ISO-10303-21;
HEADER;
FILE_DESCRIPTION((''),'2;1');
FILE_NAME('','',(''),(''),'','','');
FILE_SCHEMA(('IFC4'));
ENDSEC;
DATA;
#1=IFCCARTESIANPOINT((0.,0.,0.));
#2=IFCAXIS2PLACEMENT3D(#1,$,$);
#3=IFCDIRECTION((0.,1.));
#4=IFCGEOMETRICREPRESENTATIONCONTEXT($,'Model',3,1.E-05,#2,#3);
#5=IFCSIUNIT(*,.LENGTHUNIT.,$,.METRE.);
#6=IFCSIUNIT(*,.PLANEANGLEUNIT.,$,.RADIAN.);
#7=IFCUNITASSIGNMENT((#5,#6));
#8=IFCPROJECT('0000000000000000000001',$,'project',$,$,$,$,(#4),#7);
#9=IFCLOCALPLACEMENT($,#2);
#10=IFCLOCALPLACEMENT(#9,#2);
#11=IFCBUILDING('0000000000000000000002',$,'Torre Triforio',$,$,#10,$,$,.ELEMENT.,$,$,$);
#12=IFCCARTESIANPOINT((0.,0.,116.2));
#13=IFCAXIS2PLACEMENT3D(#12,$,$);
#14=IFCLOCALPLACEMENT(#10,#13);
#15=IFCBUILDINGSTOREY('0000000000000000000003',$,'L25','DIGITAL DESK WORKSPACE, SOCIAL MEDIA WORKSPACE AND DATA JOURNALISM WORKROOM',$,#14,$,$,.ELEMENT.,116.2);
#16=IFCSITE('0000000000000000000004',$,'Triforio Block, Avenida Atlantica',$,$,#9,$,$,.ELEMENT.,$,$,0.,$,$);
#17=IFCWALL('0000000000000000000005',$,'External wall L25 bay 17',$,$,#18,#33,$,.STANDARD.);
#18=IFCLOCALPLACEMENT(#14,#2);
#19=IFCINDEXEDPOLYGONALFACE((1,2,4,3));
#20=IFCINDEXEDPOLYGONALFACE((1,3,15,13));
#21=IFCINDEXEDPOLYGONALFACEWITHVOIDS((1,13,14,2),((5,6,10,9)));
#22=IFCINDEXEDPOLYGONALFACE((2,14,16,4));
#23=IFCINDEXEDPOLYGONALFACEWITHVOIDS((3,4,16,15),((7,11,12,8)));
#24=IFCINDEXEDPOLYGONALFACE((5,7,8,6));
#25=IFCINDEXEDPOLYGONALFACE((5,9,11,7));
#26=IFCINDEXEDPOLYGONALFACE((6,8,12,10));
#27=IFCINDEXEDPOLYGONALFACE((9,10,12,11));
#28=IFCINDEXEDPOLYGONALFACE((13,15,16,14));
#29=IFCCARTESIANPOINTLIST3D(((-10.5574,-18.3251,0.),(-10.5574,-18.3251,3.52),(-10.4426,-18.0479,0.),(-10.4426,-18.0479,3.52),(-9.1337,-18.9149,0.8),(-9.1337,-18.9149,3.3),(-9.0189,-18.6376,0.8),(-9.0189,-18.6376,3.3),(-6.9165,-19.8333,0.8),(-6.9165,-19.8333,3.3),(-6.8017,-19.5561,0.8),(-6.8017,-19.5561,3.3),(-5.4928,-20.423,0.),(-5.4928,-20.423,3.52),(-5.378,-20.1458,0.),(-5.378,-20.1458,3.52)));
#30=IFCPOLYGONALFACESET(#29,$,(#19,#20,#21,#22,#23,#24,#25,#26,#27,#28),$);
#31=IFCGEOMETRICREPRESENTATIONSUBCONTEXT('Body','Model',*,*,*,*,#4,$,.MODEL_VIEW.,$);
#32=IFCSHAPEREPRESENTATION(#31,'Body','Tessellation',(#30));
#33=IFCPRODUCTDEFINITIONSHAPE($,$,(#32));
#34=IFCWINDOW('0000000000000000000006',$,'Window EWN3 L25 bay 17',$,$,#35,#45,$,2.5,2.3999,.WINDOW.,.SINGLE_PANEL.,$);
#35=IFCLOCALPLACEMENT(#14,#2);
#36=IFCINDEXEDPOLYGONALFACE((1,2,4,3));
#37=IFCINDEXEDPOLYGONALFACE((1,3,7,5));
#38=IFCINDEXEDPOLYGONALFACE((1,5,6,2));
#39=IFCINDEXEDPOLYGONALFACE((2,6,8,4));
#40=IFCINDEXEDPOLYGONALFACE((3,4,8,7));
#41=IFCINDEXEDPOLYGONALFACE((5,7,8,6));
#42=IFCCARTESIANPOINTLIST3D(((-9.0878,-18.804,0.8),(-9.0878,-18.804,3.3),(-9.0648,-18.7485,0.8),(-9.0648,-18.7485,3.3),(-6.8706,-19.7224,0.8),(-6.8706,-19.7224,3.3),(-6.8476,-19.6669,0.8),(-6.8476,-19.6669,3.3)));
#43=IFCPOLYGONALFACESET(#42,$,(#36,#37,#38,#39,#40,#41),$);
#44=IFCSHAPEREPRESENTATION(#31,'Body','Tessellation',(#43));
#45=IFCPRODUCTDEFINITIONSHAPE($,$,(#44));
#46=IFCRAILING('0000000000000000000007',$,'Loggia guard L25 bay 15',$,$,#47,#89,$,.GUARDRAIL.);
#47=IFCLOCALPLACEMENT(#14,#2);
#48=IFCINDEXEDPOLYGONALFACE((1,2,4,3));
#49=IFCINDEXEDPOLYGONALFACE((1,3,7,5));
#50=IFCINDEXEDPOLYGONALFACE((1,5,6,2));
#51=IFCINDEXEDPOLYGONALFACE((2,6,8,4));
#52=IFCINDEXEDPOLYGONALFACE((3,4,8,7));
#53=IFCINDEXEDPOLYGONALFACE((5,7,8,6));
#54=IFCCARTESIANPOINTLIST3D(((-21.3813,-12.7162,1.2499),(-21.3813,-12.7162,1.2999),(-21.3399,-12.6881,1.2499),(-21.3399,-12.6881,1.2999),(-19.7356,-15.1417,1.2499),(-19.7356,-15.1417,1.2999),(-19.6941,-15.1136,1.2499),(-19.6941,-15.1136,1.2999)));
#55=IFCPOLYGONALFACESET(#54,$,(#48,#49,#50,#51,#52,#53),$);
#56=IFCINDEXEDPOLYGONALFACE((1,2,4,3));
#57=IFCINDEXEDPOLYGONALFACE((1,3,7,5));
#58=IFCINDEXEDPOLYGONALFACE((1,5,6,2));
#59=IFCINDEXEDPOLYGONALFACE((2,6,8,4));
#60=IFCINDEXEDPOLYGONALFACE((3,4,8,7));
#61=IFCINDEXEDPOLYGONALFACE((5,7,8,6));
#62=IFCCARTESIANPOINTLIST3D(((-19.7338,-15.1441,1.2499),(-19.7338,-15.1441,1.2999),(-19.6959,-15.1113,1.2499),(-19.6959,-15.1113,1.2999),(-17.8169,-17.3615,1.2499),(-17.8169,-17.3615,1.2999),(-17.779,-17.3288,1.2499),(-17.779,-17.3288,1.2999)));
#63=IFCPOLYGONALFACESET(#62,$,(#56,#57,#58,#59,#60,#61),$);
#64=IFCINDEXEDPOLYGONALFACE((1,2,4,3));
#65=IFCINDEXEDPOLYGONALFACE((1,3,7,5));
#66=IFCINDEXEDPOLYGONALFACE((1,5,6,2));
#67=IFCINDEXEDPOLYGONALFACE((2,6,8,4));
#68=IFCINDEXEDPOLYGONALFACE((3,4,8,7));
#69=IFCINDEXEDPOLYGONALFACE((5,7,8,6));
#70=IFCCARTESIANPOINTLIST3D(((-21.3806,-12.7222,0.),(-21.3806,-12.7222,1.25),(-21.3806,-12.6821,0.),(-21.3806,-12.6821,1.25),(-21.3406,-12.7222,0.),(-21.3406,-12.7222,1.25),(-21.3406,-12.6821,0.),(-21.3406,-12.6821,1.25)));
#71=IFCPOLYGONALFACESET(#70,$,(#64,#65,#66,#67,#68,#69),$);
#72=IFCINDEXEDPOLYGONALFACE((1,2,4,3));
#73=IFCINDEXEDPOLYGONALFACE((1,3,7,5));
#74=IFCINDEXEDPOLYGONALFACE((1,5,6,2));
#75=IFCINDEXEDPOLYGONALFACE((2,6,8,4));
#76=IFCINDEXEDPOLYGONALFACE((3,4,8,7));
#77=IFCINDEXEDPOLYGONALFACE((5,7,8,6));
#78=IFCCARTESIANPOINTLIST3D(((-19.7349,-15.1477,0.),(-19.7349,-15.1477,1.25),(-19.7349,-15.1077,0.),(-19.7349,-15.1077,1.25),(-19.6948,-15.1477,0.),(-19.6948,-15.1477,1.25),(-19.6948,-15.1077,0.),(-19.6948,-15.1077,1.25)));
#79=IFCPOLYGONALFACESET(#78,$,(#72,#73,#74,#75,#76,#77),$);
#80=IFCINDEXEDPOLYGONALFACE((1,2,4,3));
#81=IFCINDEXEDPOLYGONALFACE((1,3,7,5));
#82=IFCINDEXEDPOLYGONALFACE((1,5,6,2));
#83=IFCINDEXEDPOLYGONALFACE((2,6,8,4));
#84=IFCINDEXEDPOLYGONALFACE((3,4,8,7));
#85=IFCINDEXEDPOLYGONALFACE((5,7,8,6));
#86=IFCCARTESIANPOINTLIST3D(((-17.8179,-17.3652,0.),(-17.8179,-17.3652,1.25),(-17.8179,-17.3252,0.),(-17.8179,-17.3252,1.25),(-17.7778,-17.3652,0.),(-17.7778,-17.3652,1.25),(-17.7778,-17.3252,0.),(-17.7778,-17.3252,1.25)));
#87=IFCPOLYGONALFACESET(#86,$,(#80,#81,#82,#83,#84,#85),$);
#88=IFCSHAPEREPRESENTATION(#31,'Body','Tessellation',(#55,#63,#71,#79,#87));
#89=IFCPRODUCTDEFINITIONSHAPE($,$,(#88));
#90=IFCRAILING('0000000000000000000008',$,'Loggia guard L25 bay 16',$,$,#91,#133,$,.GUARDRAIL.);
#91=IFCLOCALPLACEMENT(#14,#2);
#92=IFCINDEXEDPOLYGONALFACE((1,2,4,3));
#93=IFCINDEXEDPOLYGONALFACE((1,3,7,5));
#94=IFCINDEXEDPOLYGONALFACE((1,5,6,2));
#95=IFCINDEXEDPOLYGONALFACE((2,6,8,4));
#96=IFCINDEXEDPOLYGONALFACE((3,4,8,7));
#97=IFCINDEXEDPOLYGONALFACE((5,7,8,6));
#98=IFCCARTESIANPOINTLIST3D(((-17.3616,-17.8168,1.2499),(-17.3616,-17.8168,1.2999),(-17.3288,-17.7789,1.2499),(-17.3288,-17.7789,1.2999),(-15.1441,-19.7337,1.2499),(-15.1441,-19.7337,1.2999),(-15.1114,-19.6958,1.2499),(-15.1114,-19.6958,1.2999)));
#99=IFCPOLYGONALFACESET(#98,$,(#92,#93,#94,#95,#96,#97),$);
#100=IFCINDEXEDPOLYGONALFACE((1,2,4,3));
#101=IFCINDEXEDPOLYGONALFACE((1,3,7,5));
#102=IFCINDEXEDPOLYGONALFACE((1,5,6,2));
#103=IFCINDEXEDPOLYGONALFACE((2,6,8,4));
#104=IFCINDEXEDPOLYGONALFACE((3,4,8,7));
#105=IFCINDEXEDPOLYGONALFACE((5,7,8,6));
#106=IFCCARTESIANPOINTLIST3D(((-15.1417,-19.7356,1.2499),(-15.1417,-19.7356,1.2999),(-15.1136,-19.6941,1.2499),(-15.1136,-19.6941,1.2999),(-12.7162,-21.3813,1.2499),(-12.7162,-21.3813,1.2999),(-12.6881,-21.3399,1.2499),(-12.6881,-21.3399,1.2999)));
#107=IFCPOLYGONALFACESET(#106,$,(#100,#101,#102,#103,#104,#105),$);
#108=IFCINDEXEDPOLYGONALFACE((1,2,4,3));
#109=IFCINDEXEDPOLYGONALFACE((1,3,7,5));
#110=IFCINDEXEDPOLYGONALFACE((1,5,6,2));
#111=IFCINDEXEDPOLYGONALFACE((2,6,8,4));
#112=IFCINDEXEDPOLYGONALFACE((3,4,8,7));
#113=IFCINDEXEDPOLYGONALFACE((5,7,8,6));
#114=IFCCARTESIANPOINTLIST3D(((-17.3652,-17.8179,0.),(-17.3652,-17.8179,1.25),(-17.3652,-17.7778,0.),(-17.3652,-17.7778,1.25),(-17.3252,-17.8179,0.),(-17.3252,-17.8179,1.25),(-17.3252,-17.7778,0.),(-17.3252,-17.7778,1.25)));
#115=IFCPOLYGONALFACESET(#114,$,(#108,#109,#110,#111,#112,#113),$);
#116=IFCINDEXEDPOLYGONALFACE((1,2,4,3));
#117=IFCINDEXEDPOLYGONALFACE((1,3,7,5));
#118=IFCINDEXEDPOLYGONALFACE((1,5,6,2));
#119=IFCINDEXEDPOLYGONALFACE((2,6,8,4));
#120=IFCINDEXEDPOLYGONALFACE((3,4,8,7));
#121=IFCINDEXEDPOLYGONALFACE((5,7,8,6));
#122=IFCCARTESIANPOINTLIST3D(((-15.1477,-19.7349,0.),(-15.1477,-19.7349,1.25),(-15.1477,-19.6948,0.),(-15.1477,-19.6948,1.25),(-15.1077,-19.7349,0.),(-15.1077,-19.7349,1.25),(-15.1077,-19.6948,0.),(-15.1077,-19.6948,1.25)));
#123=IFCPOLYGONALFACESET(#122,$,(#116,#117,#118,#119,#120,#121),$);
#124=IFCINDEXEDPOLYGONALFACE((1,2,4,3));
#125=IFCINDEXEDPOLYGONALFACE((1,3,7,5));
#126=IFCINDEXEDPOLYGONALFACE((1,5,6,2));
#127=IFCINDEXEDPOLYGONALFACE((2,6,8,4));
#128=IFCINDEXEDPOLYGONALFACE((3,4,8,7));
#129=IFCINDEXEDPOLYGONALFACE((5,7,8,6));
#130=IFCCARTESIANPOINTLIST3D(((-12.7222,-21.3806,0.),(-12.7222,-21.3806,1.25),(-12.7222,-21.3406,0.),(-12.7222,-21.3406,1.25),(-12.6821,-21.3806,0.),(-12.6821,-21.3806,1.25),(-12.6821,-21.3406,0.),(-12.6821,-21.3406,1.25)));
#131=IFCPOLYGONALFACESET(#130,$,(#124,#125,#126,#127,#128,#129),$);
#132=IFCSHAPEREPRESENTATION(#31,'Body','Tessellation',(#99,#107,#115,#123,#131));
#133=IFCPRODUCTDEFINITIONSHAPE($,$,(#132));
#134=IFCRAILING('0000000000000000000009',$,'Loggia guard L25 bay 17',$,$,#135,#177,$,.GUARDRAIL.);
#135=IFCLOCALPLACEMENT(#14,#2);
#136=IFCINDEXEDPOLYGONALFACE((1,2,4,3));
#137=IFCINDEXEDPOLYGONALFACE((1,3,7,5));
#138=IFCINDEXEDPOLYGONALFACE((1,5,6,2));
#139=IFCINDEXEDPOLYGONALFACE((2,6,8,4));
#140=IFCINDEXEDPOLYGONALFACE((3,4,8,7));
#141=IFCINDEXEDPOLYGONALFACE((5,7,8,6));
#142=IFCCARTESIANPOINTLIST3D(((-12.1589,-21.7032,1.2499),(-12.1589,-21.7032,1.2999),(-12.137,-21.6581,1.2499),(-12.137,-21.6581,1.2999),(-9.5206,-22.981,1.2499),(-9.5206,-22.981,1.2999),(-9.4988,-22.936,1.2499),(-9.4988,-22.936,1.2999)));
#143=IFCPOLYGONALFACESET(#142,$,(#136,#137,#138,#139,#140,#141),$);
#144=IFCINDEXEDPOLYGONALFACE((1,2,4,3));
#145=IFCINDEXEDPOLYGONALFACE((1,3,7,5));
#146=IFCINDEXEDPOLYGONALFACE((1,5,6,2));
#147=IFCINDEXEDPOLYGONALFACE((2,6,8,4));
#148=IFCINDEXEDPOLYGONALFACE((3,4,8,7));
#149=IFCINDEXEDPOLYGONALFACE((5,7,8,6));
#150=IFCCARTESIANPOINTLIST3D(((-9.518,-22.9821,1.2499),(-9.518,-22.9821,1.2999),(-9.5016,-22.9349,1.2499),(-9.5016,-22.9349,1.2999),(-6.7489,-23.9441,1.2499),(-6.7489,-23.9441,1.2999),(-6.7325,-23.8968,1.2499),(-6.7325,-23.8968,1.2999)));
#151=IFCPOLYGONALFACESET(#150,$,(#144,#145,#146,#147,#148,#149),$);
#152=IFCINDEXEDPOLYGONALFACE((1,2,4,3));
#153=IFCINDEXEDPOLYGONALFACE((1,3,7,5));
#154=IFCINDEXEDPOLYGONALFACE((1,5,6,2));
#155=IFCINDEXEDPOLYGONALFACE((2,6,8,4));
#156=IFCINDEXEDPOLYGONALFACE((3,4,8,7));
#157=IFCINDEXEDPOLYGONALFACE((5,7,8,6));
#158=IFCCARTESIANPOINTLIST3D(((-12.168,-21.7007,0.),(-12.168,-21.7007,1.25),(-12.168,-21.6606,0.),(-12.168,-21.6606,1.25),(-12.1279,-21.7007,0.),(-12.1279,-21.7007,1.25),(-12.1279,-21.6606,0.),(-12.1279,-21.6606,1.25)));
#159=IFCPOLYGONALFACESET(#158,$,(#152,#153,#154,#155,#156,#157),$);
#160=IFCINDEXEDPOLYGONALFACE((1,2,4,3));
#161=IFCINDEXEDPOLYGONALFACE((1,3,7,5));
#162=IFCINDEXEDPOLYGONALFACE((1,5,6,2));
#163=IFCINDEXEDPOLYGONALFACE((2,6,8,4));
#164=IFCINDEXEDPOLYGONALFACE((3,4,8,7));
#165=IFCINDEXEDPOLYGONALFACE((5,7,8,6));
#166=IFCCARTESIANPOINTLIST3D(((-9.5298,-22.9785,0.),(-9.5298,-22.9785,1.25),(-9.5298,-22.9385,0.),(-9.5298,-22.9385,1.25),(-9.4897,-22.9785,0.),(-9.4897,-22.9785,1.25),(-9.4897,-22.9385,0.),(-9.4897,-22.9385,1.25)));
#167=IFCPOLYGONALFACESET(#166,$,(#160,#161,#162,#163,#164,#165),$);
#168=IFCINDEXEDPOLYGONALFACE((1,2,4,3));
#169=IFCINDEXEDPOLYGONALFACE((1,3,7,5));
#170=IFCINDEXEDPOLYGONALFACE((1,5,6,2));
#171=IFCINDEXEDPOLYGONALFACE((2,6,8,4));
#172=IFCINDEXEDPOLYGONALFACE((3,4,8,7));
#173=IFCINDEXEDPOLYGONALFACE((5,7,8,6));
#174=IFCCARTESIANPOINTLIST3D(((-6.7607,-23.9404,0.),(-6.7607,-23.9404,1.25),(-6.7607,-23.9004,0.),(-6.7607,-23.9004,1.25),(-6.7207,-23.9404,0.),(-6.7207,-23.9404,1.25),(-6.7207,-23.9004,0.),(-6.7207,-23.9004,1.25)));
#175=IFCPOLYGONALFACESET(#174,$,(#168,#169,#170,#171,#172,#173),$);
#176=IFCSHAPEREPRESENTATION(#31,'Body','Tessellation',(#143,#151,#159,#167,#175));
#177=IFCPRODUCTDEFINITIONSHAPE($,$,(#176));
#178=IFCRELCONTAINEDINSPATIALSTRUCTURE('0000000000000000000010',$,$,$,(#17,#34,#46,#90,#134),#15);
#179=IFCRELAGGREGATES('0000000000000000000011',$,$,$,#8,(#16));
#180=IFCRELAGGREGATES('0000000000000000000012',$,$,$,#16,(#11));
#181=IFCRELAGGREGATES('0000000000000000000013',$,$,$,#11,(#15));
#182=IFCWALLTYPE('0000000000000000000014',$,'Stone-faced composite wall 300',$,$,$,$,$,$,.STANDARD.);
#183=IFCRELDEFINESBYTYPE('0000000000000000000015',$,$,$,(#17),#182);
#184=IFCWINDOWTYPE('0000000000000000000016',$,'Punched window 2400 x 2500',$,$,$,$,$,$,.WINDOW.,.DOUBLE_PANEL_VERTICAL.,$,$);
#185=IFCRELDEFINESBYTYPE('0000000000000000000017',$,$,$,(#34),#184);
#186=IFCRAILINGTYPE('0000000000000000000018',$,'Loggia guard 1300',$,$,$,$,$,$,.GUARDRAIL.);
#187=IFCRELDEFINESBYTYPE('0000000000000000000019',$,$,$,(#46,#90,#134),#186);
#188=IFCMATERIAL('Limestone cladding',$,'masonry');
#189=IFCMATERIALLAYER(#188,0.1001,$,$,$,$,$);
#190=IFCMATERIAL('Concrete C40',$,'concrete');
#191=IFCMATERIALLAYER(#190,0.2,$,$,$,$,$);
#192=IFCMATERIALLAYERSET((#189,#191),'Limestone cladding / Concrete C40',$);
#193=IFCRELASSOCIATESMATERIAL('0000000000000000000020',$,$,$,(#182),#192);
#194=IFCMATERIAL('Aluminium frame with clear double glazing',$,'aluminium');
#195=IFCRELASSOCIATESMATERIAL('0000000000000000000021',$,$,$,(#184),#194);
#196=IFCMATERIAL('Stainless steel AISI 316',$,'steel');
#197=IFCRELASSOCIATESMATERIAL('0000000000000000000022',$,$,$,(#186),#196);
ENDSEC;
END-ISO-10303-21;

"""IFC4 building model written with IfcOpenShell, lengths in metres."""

from ifc_helpers import new_model, si_unit, direction, frame, frame_2d, origin, origin_2d, place, context, subcontext, project, spatial, rectangle, extrude, material, layer, layer_set, type_object, element, fill, save


model = new_model("IFC4")

# Units and contexts
model_context = context("Model", 3, precision=1e-05, world=origin(), true_north=direction((0.0, 1.0)))
body_context = subcontext(model_context, "Body", "Model", "MODEL_VIEW")
ifc_project = project(units=[si_unit("LENGTHUNIT", "METRE"), si_unit("PLANEANGLEUNIT", "RADIAN")], contexts=[model_context])

# Site, building, storey
site_placement = place(None, origin())
site = spatial("IfcSite", under=ifc_project, at=site_placement, Name="Triforio Block, Avenida Atlantica", CompositionType="ELEMENT", RefElevation=0.0)
building_placement = place(site_placement, origin())
building = spatial("IfcBuilding", under=site, at=building_placement, Name="Torre Triforio", CompositionType="ELEMENT")
storey_placement = place(building_placement, frame((0.0, 0.0, 116.2)))
storey = spatial("IfcBuildingStorey", under=building, at=storey_placement, Name="L25", Description="DIGITAL DESK WORKSPACE, SOCIAL MEDIA WORKSPACE AND DATA JOURNALISM WORKROOM", CompositionType="ELEMENT", Elevation=116.2)

# Shared definitions
ifc_material_1 = material(Name="Limestone cladding", Category="masonry")
ifc_material_2 = material(Name="Concrete C40", Category="concrete")

# Shared definitions
ifc_layer_1 = layer(ifc_material_1, 0.1001)
ifc_layer_2 = layer(ifc_material_2, 0.2)
ifc_layer_set_1 = layer_set([ifc_layer_1, ifc_layer_2], Name="Limestone cladding / Concrete C40")
wall_type_1 = type_object("IfcWallType", Name="Stone-faced composite wall 300", PredefinedType="STANDARD", material=ifc_layer_set_1)
ifc_material_3 = material(Name="Aluminium frame with clear double glazing", Category="aluminium")
window_type_1 = type_object("IfcWindowType", Name="Punched window 2400 x 2500", PartitioningType="DOUBLE_PANEL_VERTICAL", PredefinedType="WINDOW", material=ifc_material_3)

# Wall, opening, window
wall_1_placement = place(storey_placement, frame((-10.5, -18.1865, 0.0), z_axis=(0.0, 0.0, 1.0), x_axis=(0.923877, -0.382689, 0.0)))
wall_1 = element("IfcWall", 1, at=wall_1_placement, inside=storey, type_object=wall_type_1, Name="External wall L25 bay 17", PredefinedType="STANDARD", context=body_context, shape_type="SweptSolid", body=[
    extrude(rectangle(XDim=5.4819, YDim=0.3, at=frame_2d((2.741, 0.0))), origin(), (0.0, 0.0, 1.0), 3.52),
])
opening_1_placement = place(wall_1_placement, frame((1.541, 0.0, 0.8)))
opening_1 = element("IfcOpeningElement", 2, at=opening_1_placement, cuts=wall_1, PredefinedType="OPENING", context=body_context, shape_type="SweptSolid", body=[
    extrude(rectangle(XDim=2.3999, YDim=2.5, at=frame_2d((1.2, 1.25))), frame((0.0, 0.1599, 0.0), z_axis=(0.0, -1.0, 0.0), x_axis=(1.0, 0.0, 0.0)), (0.0, 0.0, 1.0), 0.3201),
])
window_1_placement = place(opening_1_placement, origin())
window_1 = element("IfcWindow", 3, at=window_1_placement, inside=storey, type_object=window_type_1, Name="Window EWN3 L25 bay 17", OverallHeight=2.5, OverallWidth=2.3999, PartitioningType="SINGLE_PANEL", PredefinedType="WINDOW", context=body_context, shape_type="SweptSolid", body=[
    extrude(rectangle(XDim=2.3999, YDim=2.5, at=frame_2d((1.2, 1.25))), frame((0.0, 0.03, 0.0), z_axis=(0.0, -1.0, 0.0), x_axis=(1.0, 0.0, 0.0)), (0.0, 0.0, 1.0), 0.0601),
])
fill(opening_1, window_1)

# Railings
ifc_material_4 = material(Name="Stainless steel AISI 316", Category="steel")
railing_type = type_object("IfcRailingType", Name="Loggia guard 1300", PredefinedType="GUARDRAIL", material=ifc_material_4)
railing_1_placement = place(storey_placement, frame((-21.3606, -12.7021, 0.0)))
element("IfcRailing", 4, at=railing_1_placement, inside=storey, type_object=railing_type, Name="Loggia guard L25 bay 15", PredefinedType="GUARDRAIL", context=body_context, shape_type="SweptSolid", body=[
    extrude(rectangle(XDim=0.05, YDim=0.05, at=origin_2d()), frame((0.0, 0.0, 1.2749), z_axis=(0.561467, -0.827499, 0.0), x_axis=(0.827499, 0.561467, 0.0)), (0.0, 0.0, 1.0), 2.9312),
    extrude(rectangle(XDim=0.05, YDim=0.05, at=origin_2d()), frame((1.6458, -2.4255, 1.2749), z_axis=(0.653982, -0.75651, 0.0), x_axis=(0.75651, 0.653982, 0.0)), (0.0, 0.0, 1.0), 2.9312),
    extrude(rectangle(XDim=0.04, YDim=0.04, at=origin_2d()), origin(), (0.0, 0.0, 1.0), 1.25),
    extrude(rectangle(XDim=0.04, YDim=0.04, at=origin_2d()), frame((1.6458, -2.4255, 0.0)), (0.0, 0.0, 1.0), 1.25),
    extrude(rectangle(XDim=0.04, YDim=0.04, at=origin_2d()), frame((3.5627, -4.6431, 0.0)), (0.0, 0.0, 1.0), 1.25),
])
railing_2_placement = place(storey_placement, frame((-17.3452, -17.7979, 0.0)))
element("IfcRailing", 5, at=railing_2_placement, inside=storey, type_object=railing_type, Name="Loggia guard L25 bay 16", PredefinedType="GUARDRAIL", context=body_context, shape_type="SweptSolid", body=[
    extrude(rectangle(XDim=0.05, YDim=0.05, at=origin_2d()), frame((0.0, 0.0, 1.2749), z_axis=(0.75651, -0.653982, 0.0), x_axis=(0.653982, 0.75651, 0.0)), (0.0, 0.0, 1.0), 2.9312),
    extrude(rectangle(XDim=0.05, YDim=0.05, at=origin_2d()), frame((2.2175, -1.917, 1.2749), z_axis=(0.827499, -0.561467, 0.0), x_axis=(0.561467, 0.827499, 0.0)), (0.0, 0.0, 1.0), 2.9312),
    extrude(rectangle(XDim=0.04, YDim=0.04, at=origin_2d()), origin(), (0.0, 0.0, 1.0), 1.25),
    extrude(rectangle(XDim=0.04, YDim=0.04, at=origin_2d()), frame((2.2175, -1.917, 0.0)), (0.0, 0.0, 1.0), 1.25),
    extrude(rectangle(XDim=0.04, YDim=0.04, at=origin_2d()), frame((4.6431, -3.5627, 0.0)), (0.0, 0.0, 1.0), 1.25),
])
railing_3_placement = place(storey_placement, frame((-12.1479, -21.6807, 0.0)))
element("IfcRailing", 6, at=railing_3_placement, inside=storey, type_object=railing_type, Name="Loggia guard L25 bay 17", PredefinedType="GUARDRAIL", context=body_context, shape_type="SweptSolid", body=[
    extrude(rectangle(XDim=0.05, YDim=0.05, at=origin_2d()), frame((0.0, 0.0, 1.2749), z_axis=(0.899986, -0.435918, 0.0), x_axis=(0.435918, 0.899986, 0.0)), (0.0, 0.0, 1.0), 2.9314),
    extrude(rectangle(XDim=0.05, YDim=0.05, at=origin_2d()), frame((2.6382, -1.2778, 1.2749), z_axis=(0.944627, -0.328146, 0.0), x_axis=(0.328146, 0.944627, 0.0)), (0.0, 0.0, 1.0), 2.9314),
    extrude(rectangle(XDim=0.04, YDim=0.04, at=origin_2d()), origin(), (0.0, 0.0, 1.0), 1.25),
    extrude(rectangle(XDim=0.04, YDim=0.04, at=origin_2d()), frame((2.6382, -1.2778, 0.0)), (0.0, 0.0, 1.0), 1.25),
    extrude(rectangle(XDim=0.04, YDim=0.04, at=origin_2d()), frame((5.4072, -2.2397, 0.0)), (0.0, 0.0, 1.0), 1.25),
])

save(model, "model.ifc")
